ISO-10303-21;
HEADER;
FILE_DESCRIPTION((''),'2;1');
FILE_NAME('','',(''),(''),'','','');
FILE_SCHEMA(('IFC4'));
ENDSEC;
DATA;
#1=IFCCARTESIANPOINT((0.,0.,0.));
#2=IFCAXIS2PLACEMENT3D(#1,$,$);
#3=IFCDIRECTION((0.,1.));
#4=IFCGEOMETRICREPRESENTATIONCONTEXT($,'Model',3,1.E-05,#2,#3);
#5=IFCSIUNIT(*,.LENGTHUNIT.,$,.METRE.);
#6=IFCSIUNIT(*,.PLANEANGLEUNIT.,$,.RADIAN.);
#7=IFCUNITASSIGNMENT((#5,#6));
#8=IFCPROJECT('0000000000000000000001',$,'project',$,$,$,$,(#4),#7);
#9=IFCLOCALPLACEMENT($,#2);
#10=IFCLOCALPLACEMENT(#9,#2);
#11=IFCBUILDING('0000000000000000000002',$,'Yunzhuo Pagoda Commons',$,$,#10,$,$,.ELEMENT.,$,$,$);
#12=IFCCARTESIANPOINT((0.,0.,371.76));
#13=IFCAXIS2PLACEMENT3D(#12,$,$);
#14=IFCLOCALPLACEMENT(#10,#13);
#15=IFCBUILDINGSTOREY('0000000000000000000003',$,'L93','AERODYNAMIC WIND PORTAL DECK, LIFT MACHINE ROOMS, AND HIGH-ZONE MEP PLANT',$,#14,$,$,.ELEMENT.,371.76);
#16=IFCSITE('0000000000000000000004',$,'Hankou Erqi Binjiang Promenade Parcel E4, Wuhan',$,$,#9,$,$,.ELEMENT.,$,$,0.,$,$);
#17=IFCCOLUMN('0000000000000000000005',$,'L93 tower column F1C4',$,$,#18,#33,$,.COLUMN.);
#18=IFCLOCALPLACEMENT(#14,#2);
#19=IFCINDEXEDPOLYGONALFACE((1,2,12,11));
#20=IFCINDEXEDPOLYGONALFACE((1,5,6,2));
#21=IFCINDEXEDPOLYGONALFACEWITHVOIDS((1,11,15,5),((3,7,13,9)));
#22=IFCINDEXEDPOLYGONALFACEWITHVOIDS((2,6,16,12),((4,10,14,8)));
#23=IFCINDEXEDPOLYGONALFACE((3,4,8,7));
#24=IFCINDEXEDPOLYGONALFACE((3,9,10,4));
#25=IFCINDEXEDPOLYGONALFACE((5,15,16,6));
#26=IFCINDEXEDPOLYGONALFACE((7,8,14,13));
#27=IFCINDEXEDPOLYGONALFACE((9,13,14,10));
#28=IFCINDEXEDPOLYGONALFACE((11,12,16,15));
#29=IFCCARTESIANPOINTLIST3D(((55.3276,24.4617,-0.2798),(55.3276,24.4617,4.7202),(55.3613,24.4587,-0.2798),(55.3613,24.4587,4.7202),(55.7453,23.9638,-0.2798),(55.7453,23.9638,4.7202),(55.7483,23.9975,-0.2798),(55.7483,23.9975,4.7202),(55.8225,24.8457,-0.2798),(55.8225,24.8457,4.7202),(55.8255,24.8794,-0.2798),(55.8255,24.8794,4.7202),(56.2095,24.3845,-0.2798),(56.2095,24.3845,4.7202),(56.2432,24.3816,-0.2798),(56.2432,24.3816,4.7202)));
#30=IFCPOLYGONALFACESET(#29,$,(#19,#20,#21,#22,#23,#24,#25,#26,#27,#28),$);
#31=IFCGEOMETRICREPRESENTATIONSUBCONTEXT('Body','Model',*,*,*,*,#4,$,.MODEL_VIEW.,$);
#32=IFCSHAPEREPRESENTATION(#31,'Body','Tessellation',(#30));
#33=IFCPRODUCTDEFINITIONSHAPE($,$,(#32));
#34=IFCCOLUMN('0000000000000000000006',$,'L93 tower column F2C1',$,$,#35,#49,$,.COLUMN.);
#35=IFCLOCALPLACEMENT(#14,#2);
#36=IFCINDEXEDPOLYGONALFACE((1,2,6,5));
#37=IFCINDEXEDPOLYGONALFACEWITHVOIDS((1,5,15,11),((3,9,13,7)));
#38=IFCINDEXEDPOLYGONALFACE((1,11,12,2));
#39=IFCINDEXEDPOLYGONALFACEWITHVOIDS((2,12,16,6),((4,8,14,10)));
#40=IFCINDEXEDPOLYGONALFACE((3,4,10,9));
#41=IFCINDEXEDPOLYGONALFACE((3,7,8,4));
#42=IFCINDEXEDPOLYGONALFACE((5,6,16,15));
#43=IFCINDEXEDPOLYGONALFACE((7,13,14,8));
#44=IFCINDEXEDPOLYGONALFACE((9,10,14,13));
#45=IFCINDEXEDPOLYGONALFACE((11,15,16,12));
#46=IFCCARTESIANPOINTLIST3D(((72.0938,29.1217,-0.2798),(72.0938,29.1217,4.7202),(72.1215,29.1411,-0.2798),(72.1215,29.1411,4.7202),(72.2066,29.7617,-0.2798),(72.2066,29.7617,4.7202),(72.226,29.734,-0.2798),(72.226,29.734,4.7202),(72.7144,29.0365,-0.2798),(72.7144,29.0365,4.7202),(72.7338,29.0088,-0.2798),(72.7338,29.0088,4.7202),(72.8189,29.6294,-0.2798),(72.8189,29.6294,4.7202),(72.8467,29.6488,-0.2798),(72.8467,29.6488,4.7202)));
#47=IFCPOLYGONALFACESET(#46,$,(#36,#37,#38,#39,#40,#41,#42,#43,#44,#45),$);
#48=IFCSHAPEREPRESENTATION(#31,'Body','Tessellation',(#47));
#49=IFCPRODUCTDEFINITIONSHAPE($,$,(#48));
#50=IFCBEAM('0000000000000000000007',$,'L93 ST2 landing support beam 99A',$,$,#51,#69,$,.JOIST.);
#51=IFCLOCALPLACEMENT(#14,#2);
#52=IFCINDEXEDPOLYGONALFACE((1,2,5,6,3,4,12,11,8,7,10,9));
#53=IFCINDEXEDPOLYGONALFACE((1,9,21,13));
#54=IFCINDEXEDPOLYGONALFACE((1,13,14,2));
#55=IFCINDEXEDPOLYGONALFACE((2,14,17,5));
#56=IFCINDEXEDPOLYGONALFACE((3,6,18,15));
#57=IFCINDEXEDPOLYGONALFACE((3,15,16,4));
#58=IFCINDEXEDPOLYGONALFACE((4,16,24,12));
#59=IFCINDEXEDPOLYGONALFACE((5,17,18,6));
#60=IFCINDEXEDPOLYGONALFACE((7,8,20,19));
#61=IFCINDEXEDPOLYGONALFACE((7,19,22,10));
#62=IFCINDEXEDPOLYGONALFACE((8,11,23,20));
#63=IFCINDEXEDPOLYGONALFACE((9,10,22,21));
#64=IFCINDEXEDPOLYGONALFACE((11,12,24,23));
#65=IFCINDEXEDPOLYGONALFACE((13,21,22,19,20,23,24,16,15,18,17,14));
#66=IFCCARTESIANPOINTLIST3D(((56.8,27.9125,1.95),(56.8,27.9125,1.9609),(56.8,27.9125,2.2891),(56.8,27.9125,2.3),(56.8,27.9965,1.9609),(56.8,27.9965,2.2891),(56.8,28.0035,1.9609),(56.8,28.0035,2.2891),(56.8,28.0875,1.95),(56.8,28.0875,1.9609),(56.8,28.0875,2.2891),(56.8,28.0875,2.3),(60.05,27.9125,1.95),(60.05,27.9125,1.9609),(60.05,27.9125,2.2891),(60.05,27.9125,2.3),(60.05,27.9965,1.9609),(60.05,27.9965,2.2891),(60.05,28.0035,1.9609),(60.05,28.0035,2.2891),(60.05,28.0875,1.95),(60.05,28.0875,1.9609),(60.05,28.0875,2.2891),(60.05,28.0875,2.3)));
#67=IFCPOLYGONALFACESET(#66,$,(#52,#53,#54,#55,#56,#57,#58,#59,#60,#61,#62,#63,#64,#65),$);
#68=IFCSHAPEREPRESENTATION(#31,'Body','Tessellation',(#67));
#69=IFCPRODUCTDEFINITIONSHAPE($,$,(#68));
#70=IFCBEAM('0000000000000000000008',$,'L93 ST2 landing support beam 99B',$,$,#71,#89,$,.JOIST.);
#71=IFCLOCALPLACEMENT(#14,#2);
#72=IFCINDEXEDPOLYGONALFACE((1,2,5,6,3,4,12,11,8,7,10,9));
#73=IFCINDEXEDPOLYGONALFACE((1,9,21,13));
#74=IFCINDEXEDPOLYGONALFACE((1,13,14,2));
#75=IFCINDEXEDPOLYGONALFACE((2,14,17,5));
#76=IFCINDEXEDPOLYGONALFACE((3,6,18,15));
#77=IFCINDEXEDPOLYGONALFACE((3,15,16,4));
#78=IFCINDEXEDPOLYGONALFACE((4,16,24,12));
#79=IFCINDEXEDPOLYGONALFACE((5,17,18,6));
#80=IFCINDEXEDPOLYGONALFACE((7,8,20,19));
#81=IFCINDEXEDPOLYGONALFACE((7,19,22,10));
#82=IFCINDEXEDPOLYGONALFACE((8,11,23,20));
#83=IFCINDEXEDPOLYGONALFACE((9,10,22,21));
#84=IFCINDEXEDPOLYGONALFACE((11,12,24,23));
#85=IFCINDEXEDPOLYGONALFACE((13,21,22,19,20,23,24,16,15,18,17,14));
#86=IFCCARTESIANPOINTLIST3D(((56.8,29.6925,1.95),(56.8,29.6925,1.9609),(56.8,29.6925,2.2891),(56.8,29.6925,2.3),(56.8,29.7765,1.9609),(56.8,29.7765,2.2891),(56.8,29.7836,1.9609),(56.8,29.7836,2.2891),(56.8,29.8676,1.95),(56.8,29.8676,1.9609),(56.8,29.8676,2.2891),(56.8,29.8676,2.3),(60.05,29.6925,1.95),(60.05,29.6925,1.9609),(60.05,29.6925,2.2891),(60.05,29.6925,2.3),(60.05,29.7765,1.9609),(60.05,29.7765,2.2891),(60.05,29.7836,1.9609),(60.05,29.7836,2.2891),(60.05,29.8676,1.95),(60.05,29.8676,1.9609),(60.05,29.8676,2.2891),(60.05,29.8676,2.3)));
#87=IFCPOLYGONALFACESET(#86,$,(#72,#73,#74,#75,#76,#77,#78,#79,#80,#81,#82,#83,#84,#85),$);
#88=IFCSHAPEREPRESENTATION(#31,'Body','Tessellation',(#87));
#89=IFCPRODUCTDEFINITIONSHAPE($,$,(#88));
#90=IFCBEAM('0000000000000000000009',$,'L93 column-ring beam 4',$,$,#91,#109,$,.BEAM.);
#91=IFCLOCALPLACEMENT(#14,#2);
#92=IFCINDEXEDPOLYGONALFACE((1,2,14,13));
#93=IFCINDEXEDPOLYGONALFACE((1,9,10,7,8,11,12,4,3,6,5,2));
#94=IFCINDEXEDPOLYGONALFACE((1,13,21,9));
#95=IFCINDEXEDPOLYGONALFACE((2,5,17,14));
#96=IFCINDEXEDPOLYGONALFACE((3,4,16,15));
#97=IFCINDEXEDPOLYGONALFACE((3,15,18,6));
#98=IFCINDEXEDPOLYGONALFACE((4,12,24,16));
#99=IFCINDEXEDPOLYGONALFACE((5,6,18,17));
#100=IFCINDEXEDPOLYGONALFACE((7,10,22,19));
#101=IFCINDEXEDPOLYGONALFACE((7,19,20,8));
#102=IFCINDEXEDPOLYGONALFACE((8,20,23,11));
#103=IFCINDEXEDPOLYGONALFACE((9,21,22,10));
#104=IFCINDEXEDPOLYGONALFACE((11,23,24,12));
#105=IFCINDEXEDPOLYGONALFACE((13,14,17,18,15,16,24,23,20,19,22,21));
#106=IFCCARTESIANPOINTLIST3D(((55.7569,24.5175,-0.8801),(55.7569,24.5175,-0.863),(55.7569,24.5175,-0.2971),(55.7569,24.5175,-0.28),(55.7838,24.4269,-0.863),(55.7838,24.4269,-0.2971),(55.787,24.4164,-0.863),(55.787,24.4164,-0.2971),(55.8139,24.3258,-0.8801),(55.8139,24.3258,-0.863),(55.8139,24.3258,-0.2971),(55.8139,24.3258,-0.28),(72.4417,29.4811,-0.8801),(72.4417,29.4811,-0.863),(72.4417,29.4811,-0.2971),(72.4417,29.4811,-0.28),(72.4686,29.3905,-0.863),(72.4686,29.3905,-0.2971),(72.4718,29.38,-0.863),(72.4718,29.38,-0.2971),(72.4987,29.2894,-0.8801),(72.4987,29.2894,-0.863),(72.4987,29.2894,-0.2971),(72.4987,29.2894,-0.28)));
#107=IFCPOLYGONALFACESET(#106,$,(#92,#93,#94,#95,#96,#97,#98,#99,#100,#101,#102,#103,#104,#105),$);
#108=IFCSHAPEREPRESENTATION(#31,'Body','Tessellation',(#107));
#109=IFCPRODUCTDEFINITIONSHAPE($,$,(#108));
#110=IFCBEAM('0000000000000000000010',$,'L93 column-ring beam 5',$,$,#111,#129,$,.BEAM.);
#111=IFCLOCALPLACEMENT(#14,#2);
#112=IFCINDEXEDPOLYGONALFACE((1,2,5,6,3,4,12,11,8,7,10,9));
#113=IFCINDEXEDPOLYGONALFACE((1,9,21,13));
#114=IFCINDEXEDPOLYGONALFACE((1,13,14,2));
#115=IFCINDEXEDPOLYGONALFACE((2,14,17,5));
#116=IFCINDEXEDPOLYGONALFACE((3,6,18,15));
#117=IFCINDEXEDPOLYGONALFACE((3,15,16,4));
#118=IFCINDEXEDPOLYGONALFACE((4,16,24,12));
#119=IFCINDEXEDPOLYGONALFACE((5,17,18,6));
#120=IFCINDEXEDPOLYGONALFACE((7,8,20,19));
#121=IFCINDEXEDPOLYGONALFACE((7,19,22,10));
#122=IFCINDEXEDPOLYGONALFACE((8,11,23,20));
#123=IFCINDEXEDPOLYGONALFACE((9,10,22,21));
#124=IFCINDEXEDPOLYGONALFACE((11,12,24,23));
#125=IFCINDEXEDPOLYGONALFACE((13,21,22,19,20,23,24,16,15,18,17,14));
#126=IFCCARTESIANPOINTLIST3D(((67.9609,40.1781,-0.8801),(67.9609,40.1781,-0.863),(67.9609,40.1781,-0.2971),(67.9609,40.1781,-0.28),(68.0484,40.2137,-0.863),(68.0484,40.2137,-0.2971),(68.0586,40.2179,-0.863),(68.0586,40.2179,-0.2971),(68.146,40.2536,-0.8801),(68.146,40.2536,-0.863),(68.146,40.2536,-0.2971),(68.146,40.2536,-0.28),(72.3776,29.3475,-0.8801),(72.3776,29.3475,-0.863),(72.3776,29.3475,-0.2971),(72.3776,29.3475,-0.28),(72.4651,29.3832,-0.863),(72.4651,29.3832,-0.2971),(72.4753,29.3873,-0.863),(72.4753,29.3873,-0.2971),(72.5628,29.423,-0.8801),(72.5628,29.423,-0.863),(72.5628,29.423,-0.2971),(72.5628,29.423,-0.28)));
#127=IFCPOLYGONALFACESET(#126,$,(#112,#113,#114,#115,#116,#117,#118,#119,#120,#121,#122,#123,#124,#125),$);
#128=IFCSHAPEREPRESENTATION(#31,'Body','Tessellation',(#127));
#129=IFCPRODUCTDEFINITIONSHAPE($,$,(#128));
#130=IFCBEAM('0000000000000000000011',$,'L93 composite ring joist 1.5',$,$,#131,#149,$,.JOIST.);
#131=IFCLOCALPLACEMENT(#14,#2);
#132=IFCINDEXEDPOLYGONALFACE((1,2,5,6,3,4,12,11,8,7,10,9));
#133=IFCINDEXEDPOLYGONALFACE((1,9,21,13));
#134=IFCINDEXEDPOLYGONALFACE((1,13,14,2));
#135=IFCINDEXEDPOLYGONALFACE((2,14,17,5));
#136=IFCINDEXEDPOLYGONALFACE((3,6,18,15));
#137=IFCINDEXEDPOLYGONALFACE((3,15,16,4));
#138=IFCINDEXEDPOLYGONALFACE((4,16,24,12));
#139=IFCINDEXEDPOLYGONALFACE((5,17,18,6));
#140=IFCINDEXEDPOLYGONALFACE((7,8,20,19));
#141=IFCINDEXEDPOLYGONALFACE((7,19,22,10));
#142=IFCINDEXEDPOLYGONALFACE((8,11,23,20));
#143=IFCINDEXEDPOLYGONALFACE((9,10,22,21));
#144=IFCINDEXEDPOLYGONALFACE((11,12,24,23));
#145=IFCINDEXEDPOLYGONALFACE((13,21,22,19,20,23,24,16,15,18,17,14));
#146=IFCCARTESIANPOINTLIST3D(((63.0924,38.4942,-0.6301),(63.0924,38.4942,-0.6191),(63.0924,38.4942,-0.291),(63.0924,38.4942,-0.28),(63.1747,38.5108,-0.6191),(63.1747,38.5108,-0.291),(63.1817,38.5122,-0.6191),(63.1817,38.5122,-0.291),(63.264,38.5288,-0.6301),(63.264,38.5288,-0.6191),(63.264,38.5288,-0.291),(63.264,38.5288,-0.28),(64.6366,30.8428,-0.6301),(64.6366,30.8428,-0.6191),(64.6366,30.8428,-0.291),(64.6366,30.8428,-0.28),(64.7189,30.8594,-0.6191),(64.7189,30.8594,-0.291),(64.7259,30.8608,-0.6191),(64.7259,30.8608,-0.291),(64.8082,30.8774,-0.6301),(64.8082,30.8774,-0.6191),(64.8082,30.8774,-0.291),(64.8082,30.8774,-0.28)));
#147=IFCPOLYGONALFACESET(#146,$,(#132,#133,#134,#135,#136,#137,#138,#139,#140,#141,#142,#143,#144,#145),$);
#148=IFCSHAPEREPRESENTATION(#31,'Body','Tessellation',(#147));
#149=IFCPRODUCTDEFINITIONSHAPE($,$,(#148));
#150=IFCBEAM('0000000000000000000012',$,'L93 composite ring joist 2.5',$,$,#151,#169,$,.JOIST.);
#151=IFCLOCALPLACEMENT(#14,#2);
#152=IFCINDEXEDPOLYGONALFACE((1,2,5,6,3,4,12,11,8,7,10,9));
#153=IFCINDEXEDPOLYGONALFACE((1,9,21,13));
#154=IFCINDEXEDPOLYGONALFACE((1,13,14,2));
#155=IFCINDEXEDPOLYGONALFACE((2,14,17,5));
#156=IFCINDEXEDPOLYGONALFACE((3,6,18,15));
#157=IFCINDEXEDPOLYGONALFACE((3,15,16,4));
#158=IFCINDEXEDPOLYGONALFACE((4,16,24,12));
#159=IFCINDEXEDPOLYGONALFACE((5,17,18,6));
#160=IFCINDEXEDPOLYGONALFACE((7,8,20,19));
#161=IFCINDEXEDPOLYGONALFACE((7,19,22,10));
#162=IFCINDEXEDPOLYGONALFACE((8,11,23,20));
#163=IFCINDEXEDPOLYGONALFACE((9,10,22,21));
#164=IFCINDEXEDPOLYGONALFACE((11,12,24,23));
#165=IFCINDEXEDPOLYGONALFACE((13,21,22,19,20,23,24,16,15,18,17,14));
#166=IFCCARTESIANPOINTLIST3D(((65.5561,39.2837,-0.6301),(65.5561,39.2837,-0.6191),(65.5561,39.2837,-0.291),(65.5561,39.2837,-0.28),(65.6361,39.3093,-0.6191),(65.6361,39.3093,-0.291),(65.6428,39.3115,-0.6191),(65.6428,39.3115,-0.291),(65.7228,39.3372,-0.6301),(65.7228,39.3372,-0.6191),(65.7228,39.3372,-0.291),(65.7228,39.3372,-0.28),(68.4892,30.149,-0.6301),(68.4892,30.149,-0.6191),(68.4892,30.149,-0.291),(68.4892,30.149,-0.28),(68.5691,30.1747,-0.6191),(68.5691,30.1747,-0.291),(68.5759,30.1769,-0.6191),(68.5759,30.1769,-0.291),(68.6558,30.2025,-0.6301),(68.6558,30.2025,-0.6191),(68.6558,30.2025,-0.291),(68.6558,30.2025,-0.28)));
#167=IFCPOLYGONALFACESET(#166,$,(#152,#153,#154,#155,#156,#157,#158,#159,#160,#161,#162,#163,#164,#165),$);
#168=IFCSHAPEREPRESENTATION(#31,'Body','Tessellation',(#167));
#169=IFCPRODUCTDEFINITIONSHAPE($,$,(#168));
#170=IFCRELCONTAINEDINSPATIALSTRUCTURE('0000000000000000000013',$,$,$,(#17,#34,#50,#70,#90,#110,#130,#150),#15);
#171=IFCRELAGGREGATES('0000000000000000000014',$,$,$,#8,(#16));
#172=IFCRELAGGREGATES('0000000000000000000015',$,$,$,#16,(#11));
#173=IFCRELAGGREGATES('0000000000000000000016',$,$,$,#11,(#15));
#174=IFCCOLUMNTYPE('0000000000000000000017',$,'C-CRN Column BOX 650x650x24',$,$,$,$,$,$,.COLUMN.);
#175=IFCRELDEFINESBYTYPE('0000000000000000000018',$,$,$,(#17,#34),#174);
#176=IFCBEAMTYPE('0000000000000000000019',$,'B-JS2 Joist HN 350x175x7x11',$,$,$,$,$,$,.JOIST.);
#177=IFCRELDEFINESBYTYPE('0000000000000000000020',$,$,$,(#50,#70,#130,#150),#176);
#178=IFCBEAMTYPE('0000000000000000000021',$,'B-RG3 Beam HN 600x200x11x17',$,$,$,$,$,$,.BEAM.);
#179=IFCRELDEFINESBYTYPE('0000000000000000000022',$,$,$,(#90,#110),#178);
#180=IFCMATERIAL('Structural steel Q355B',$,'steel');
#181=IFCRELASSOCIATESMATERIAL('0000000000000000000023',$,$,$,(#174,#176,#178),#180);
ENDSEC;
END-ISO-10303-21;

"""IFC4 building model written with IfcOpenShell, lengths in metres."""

from ifc_helpers import new_model, si_unit, direction, frame, origin, origin_2d, place, context, subcontext, project, spatial, hollow_rectangle, i_section, extrude, source, transform, mapped, material, material_profile, profile_set, type_object, element, save


model = new_model("IFC4")

# Units and contexts
model_context = context("Model", 3, precision=1e-05, world=origin(), true_north=direction((0.0, 1.0)))
body_context = subcontext(model_context, "Body", "Model", "MODEL_VIEW")
ifc_project = project(units=[si_unit("LENGTHUNIT", "METRE"), si_unit("PLANEANGLEUNIT", "RADIAN")], contexts=[model_context])

# Site, building, storey
site_placement = place(None, origin())
site = spatial("IfcSite", under=ifc_project, at=site_placement, Name="Hankou Erqi Binjiang Promenade Parcel E4, Wuhan", CompositionType="ELEMENT", RefElevation=0.0)
building_placement = place(site_placement, origin())
building = spatial("IfcBuilding", under=site, at=building_placement, Name="Yunzhuo Pagoda Commons", CompositionType="ELEMENT")
storey_placement = place(building_placement, frame((0.0, 0.0, 371.76)))
storey = spatial("IfcBuildingStorey", under=building, at=storey_placement, Name="L93", Description="AERODYNAMIC WIND PORTAL DECK, LIFT MACHINE ROOMS, AND HIGH-ZONE MEP PLANT", CompositionType="ELEMENT", Elevation=371.76)

# Columns
ifc_material_1 = material(Name="Structural steel Q355B", Category="steel")
ifc_material_profile_1 = material_profile(ifc_material_1, hollow_rectangle(XDim=0.6499, YDim=0.6499, WallThickness=0.0239, at=origin_2d()), Name="Structural steel Q355B")
ifc_profile_set_1 = profile_set([ifc_material_profile_1], Name="Structural steel Q355B")
column_type = type_object("IfcColumnType", Name="C-CRN Column BOX 650x650x24", PredefinedType="COLUMN", material=ifc_profile_set_1)
shared_shape_1 = source(origin(), body_context, "Body", "SweptSolid", [
    extrude(hollow_rectangle(XDim=0.6499, YDim=0.6499, WallThickness=0.0239, at=origin_2d()), origin(), (0.0, 0.0, 1.0), 5.0),
])
for number, where, z_axis, x_axis, name in (
    (1, (55.7854, 24.4216, -0.2798), (0.0, 0.0, 1.0), (0.766044, 0.642788, 0.0), "L93 tower column F1C4"),
    (2, (72.4702, 29.3853, -0.2798), (0.0, 0.0, 1.0), (0.173648, 0.984808, 0.0), "L93 tower column F2C1"),
):
    element("IfcColumn", number, at=place(storey_placement, frame(where, z_axis=z_axis, x_axis=x_axis)), inside=storey, type_object=column_type, Name=name, PredefinedType="COLUMN", context=body_context, shape_type="MappedRepresentation", body=[
        mapped(shared_shape_1, transform((0.0, 0.0, 0.0), scale=1.0)),
    ])

# Beams
ifc_material_profile_2 = material_profile(ifc_material_1, i_section(OverallWidth=0.175, OverallDepth=0.3501, WebThickness=0.0071, FlangeThickness=0.011, at=origin_2d()), Name="Structural steel Q355B")
ifc_profile_set_2 = profile_set([ifc_material_profile_2], Name="Structural steel Q355B")
beam_type_1 = type_object("IfcBeamType", Name="B-JS2 Joist HN 350x175x7x11", PredefinedType="JOIST", material=ifc_profile_set_2)
shared_shape_2 = source(origin(), body_context, "Body", "SweptSolid", [
    extrude(i_section(OverallWidth=0.175, OverallDepth=0.3501, WebThickness=0.0071, FlangeThickness=0.011, at=origin_2d()), origin(), (0.0, 0.0, 1.0), 3.25),
])
for number, where, z_axis, x_axis, name in (
    (3, (56.8, 28.0, 2.125), (1.0, 0.0, 0.0), (0.0, 1.0, 0.0), "L93 ST2 landing support beam 99A"),
    (4, (56.8, 29.78, 2.125), (1.0, 0.0, 0.0), (0.0, 1.0, 0.0), "L93 ST2 landing support beam 99B"),
):
    element("IfcBeam", number, at=place(storey_placement, frame(where, z_axis=z_axis, x_axis=x_axis)), inside=storey, type_object=beam_type_1, Name=name, PredefinedType="JOIST", context=body_context, shape_type="MappedRepresentation", body=[
        mapped(shared_shape_2, transform((0.0, 0.0, 0.0), scale=1.0)),
    ])
ifc_material_profile_3 = material_profile(ifc_material_1, i_section(OverallWidth=0.2, OverallDepth=0.6001, WebThickness=0.011, FlangeThickness=0.0171, at=origin_2d()), Name="Structural steel Q355B")
ifc_profile_set_3 = profile_set([ifc_material_profile_3], Name="Structural steel Q355B")
beam_type_2 = type_object("IfcBeamType", Name="B-RG3 Beam HN 600x200x11x17", PredefinedType="BEAM", material=ifc_profile_set_3)
shared_shape_3 = source(origin(), body_context, "Body", "SweptSolid", [
    extrude(i_section(OverallWidth=0.2, OverallDepth=0.6001, WebThickness=0.011, FlangeThickness=0.0171, at=origin_2d()), origin(), (0.0, 0.0, 1.0), 17.4075),
])
beam_1_placement = place(storey_placement, frame((55.7854, 24.4216, -0.5801), z_axis=(0.958485, 0.285143, 0.0), x_axis=(-0.285143, 0.958485, 0.0)))
element("IfcBeam", 5, at=beam_1_placement, inside=storey, type_object=beam_type_2, Name="L93 column-ring beam 4", PredefinedType="BEAM", context=body_context, shape_type="MappedRepresentation", body=[
    mapped(shared_shape_3, transform((0.0, 0.0, 0.0), scale=1.0)),
])
shared_shape_4 = source(origin(), body_context, "Body", "SweptSolid", [
    extrude(i_section(OverallWidth=0.2, OverallDepth=0.6001, WebThickness=0.011, FlangeThickness=0.0171, at=origin_2d()), origin(), (0.0, 0.0, 1.0), 11.6965),
])
beam_2_placement = place(storey_placement, frame((72.4702, 29.3853, -0.5801), z_axis=(-0.377612, 0.925964, 0.0), x_axis=(-0.925964, -0.377612, 0.0)))
element("IfcBeam", 6, at=beam_2_placement, inside=storey, type_object=beam_type_2, Name="L93 column-ring beam 5", PredefinedType="BEAM", context=body_context, shape_type="MappedRepresentation", body=[
    mapped(shared_shape_4, transform((0.0, 0.0, 0.0), scale=1.0)),
])
shared_shape_5 = source(origin(), body_context, "Body", "SweptSolid", [
    extrude(i_section(OverallWidth=0.175, OverallDepth=0.3501, WebThickness=0.0071, FlangeThickness=0.011, at=origin_2d()), origin(), (0.0, 0.0, 1.0), 7.8057),
])
beam_3_placement = place(storey_placement, frame((64.7224, 30.8601, -0.4551), z_axis=(-0.19783, 0.980236, 0.0), x_axis=(-0.980236, -0.19783, 0.0)))
element("IfcBeam", 7, at=beam_3_placement, inside=storey, type_object=beam_type_1, Name="L93 composite ring joist 1.5", PredefinedType="JOIST", context=body_context, shape_type="MappedRepresentation", body=[
    mapped(shared_shape_5, transform((0.0, 0.0, 0.0), scale=1.0)),
])
shared_shape_6 = source(origin(), body_context, "Body", "SweptSolid", [
    extrude(i_section(OverallWidth=0.175, OverallDepth=0.3501, WebThickness=0.0071, FlangeThickness=0.011, at=origin_2d()), origin(), (0.0, 0.0, 1.0), 9.594),
])
beam_4_placement = place(storey_placement, frame((68.5725, 30.1758, -0.4551), z_axis=(-0.305719, 0.952122, 0.0), x_axis=(-0.952122, -0.305719, 0.0)))
element("IfcBeam", 8, at=beam_4_placement, inside=storey, type_object=beam_type_1, Name="L93 composite ring joist 2.5", PredefinedType="JOIST", context=body_context, shape_type="MappedRepresentation", body=[
    mapped(shared_shape_6, transform((0.0, 0.0, 0.0), scale=1.0)),
])

save(model, "model.ifc")
